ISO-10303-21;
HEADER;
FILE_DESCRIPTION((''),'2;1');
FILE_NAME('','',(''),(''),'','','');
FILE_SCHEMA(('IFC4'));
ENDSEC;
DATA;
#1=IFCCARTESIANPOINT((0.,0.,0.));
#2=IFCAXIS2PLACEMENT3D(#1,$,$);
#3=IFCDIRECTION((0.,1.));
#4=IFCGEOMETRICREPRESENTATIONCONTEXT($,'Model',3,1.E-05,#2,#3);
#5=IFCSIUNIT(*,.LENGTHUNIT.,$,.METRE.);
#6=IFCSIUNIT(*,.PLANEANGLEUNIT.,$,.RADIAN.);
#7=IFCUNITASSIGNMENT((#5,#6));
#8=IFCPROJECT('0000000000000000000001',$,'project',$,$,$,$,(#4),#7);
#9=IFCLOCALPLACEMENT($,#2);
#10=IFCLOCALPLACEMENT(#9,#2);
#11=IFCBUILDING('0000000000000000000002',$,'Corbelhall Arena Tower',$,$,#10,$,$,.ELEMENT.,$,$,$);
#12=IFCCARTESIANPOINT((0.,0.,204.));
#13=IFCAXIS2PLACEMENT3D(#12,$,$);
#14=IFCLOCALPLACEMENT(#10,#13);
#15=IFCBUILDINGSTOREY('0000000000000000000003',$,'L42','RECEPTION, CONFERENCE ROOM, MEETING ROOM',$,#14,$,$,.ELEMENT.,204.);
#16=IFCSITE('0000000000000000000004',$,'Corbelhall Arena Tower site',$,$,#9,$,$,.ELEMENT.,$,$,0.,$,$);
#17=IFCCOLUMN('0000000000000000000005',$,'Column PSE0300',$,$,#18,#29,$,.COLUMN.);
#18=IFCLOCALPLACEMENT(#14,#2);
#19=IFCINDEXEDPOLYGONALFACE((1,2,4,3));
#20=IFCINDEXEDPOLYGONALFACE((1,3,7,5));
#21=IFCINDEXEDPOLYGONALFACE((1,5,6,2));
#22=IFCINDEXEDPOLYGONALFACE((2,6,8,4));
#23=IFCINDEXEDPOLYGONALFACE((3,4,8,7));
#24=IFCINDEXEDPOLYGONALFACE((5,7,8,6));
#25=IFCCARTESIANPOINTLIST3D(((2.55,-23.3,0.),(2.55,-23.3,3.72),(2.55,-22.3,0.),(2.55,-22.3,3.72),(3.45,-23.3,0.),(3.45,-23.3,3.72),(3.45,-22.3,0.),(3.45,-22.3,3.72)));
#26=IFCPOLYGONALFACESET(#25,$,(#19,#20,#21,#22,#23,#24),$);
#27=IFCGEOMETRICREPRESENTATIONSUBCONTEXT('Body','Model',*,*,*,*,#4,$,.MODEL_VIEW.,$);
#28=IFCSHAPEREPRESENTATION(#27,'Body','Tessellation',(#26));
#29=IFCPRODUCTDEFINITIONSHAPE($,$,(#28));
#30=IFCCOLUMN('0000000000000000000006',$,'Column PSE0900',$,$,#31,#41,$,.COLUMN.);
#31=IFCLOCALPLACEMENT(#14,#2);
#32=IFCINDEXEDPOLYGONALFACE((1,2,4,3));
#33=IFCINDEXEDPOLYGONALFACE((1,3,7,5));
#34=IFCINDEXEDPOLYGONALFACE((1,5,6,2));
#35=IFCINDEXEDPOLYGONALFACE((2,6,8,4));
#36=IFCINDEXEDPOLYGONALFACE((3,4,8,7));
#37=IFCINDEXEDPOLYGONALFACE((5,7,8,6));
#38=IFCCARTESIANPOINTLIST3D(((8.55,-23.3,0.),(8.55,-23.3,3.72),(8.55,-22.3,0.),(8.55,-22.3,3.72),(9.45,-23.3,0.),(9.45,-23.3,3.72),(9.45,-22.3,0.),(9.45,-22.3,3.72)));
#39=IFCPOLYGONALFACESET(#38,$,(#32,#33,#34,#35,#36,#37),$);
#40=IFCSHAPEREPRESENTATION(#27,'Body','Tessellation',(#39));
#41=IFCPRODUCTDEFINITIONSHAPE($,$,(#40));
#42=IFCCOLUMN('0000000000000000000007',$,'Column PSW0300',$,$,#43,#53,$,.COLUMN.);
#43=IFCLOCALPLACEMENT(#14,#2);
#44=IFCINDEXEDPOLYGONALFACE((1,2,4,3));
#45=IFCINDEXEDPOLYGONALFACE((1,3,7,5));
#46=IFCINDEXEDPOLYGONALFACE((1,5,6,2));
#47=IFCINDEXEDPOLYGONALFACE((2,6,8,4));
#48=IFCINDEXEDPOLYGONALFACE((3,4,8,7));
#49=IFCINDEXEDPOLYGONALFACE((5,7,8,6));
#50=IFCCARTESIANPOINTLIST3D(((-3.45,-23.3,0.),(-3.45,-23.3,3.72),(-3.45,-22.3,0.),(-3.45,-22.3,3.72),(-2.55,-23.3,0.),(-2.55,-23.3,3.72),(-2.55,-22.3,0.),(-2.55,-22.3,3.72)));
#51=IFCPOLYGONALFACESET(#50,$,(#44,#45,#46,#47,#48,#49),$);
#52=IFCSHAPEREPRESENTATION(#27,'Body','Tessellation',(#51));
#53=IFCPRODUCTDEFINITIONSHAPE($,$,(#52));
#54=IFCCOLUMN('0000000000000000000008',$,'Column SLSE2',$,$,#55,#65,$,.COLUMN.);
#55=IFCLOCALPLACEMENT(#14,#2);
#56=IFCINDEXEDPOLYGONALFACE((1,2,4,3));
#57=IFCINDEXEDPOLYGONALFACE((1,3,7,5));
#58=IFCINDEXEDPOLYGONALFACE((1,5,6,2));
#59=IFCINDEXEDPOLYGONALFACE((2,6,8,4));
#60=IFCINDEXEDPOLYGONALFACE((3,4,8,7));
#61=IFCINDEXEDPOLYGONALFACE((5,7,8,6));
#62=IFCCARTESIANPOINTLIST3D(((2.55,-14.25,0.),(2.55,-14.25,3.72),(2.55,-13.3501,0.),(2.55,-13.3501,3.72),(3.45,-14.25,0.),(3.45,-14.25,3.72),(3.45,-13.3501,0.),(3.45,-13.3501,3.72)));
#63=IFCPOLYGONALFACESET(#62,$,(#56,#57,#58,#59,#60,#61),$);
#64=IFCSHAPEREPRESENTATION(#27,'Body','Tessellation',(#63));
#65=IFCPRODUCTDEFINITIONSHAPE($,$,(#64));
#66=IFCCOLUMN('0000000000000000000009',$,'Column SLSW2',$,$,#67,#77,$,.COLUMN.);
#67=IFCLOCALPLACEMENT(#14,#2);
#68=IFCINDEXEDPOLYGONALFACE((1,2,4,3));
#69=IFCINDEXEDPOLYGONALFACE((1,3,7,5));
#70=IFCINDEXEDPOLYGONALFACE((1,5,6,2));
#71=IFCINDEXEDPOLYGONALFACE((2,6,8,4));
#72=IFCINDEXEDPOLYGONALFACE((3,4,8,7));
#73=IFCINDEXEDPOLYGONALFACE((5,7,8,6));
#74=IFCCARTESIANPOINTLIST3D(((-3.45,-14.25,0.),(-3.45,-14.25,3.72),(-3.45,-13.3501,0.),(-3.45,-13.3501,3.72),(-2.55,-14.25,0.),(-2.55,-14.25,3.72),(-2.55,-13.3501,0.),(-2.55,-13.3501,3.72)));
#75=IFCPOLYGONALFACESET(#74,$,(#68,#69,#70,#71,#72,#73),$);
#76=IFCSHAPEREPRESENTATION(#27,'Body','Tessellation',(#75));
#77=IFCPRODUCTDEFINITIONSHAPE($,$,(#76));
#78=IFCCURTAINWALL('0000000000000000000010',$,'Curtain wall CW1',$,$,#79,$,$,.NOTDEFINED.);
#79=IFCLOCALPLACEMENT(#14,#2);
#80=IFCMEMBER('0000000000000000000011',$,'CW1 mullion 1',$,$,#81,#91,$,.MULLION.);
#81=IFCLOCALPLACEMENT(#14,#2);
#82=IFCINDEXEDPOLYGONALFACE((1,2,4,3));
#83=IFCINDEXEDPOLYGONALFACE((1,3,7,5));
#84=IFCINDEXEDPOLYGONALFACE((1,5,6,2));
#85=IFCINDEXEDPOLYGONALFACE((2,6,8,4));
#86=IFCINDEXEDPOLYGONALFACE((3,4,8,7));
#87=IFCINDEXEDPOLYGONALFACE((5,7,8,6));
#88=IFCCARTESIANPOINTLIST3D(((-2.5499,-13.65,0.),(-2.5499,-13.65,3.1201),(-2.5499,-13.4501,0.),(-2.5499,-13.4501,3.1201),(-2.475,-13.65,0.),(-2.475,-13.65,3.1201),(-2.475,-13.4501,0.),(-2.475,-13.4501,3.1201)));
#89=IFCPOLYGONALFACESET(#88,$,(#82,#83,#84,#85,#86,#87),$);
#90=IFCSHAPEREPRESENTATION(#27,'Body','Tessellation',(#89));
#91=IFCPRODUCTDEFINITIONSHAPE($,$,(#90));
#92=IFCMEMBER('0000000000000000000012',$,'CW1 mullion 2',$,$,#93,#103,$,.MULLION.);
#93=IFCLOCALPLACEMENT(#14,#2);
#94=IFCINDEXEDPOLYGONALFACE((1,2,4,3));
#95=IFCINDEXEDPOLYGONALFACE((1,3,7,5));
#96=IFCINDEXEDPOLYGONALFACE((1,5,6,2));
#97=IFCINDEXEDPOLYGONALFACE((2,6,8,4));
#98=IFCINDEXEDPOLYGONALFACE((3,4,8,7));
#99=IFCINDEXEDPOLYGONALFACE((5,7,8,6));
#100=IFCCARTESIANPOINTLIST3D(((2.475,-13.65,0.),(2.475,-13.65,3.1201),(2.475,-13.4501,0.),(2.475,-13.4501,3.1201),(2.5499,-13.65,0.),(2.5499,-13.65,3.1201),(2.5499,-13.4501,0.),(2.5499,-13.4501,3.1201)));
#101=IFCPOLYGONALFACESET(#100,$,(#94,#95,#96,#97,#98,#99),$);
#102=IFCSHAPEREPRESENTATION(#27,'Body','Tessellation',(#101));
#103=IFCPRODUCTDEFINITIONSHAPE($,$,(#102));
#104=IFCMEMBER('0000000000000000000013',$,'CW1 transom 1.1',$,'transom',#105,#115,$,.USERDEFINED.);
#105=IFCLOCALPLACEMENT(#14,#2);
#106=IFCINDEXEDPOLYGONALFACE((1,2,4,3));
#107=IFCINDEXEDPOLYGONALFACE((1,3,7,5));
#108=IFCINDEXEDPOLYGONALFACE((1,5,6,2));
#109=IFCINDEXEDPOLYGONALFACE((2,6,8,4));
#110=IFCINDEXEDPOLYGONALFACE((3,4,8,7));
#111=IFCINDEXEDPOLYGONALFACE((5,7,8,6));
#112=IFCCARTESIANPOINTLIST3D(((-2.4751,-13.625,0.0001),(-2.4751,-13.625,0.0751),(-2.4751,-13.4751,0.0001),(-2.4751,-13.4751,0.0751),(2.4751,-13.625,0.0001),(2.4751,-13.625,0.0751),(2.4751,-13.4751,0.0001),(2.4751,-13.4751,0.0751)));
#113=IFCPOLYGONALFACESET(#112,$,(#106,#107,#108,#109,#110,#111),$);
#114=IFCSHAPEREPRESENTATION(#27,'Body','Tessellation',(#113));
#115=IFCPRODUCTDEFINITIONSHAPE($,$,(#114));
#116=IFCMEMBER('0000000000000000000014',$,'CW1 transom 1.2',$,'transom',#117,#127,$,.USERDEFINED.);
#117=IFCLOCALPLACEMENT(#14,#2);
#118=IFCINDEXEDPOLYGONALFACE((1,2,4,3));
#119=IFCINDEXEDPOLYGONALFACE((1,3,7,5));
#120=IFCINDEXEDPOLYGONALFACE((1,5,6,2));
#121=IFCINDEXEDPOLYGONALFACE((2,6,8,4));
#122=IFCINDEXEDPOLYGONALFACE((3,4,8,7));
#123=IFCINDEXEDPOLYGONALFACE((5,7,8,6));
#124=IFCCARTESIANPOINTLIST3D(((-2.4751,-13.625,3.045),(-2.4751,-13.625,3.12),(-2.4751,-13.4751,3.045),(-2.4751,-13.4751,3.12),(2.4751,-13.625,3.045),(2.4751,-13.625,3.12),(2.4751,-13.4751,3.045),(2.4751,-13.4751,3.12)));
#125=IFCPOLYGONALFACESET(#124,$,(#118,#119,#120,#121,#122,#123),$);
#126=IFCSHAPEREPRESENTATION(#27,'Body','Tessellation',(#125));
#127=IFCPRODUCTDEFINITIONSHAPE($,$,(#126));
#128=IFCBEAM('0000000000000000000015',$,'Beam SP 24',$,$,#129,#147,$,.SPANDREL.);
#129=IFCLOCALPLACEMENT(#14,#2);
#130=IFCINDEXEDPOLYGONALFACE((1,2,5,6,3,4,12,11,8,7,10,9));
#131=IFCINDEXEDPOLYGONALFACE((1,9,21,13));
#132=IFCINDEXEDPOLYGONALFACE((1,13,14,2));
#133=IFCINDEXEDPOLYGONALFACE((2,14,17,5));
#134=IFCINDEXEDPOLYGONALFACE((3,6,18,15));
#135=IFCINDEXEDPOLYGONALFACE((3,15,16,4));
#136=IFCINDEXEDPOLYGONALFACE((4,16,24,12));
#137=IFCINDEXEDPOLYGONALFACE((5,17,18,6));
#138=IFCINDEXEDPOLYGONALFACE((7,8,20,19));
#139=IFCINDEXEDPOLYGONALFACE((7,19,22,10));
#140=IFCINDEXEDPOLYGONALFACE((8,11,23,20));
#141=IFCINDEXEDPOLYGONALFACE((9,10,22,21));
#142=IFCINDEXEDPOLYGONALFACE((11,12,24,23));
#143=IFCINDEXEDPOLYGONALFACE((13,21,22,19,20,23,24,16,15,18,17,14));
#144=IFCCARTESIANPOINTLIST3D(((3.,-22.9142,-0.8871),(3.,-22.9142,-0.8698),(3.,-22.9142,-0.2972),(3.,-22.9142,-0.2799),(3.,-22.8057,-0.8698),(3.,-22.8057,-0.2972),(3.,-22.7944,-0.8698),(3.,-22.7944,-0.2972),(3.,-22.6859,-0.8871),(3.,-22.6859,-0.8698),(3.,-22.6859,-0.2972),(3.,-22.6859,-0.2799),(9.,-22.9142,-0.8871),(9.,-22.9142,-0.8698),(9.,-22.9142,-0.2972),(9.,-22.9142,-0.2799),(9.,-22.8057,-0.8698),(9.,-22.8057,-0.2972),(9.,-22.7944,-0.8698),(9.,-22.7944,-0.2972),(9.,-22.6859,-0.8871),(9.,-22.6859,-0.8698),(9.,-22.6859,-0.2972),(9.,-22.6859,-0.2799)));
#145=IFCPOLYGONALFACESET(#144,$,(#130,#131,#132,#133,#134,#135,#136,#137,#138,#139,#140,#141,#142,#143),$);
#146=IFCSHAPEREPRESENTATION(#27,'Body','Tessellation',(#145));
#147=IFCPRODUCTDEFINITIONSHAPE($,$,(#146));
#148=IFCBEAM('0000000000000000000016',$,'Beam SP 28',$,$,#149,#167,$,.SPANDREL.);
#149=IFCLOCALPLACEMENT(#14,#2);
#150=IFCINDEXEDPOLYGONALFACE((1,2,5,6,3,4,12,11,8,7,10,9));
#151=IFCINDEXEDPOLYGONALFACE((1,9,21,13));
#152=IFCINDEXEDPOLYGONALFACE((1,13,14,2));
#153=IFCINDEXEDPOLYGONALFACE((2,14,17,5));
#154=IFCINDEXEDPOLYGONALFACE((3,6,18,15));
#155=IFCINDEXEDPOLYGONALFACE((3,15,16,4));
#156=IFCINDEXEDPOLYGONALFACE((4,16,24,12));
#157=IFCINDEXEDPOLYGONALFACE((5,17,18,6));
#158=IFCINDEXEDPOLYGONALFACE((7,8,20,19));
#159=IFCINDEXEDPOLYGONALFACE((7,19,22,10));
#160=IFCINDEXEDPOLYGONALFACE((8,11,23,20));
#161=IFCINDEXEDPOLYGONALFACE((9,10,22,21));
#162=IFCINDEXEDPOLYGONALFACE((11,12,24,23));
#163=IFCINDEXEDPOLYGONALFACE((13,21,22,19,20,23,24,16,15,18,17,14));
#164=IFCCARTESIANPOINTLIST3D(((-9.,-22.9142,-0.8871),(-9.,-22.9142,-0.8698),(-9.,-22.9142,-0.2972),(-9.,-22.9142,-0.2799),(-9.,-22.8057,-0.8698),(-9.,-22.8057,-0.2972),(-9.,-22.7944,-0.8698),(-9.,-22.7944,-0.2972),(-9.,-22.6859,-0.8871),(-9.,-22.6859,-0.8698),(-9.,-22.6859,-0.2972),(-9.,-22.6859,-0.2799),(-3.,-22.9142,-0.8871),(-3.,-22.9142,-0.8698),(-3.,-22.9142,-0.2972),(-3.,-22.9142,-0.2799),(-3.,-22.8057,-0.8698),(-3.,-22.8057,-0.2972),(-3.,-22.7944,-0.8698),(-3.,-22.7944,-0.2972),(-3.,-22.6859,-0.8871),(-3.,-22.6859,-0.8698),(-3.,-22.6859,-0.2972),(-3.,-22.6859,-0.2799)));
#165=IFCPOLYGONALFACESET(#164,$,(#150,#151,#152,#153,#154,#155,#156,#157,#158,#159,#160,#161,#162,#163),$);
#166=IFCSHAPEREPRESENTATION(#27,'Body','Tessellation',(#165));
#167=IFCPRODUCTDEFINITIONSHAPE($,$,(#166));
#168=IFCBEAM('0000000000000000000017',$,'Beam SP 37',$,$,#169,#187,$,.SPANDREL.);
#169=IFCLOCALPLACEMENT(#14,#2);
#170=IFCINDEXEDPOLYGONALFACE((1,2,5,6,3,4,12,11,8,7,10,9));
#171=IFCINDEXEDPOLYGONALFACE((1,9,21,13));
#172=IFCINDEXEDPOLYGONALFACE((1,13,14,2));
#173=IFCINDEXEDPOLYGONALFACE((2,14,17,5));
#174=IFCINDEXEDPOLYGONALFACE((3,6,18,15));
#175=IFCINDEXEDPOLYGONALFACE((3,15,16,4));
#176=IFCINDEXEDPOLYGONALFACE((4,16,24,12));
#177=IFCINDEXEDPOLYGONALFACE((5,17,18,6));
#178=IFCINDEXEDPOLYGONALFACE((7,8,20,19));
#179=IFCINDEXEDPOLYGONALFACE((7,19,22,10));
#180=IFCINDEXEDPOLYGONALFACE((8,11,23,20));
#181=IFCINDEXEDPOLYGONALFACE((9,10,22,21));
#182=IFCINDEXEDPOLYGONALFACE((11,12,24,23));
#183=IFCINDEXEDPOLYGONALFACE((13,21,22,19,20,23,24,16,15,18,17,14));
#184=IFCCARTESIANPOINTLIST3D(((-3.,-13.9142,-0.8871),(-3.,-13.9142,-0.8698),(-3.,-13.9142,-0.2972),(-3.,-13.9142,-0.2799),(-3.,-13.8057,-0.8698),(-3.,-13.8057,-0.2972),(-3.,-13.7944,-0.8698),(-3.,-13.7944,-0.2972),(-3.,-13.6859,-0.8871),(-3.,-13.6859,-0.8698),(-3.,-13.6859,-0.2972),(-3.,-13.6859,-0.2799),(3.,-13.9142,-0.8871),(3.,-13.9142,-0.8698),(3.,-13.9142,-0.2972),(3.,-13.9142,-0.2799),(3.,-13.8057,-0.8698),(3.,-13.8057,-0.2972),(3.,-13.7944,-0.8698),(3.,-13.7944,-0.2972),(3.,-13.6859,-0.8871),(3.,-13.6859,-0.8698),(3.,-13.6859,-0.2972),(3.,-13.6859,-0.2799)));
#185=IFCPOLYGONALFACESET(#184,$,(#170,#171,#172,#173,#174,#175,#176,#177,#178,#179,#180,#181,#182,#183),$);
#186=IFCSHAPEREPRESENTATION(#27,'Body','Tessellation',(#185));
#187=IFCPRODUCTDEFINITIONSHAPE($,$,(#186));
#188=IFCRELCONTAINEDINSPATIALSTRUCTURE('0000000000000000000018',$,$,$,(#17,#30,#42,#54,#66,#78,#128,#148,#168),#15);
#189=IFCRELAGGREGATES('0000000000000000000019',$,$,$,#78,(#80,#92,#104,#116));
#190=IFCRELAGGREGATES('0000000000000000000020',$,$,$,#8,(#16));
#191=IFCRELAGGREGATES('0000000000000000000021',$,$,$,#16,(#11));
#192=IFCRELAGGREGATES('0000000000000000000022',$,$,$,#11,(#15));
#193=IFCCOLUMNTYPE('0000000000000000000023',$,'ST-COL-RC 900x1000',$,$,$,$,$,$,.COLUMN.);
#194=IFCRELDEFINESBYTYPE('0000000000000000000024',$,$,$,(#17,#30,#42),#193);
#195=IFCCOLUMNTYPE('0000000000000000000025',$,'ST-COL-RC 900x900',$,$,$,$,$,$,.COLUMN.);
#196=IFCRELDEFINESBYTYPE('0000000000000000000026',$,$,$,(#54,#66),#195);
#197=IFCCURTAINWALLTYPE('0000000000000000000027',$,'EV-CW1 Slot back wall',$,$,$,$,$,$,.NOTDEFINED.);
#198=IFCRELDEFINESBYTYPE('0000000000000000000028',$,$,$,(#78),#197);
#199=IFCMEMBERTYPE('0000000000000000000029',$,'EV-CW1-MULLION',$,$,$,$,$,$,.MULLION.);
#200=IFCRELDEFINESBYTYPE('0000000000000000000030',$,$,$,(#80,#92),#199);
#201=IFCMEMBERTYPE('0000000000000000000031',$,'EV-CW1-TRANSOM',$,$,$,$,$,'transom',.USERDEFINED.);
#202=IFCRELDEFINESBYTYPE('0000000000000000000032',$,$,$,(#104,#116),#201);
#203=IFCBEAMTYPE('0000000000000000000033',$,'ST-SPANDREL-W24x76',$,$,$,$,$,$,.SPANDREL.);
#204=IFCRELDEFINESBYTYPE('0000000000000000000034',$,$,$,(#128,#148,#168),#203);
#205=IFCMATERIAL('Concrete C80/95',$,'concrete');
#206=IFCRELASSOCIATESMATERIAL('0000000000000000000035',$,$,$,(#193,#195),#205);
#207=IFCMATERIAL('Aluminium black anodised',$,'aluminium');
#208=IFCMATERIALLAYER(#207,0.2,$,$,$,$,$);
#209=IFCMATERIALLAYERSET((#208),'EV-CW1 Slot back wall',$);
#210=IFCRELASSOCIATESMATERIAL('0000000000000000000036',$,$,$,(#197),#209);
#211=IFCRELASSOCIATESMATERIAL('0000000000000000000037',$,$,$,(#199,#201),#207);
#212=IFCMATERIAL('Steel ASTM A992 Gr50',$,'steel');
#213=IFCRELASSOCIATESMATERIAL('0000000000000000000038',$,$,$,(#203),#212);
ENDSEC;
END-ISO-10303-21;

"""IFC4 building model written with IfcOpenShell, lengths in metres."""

from ifc_helpers import new_model, si_unit, direction, frame, origin, origin_2d, place, context, subcontext, project, spatial, rectangle, i_section, extrude, material, layer, layer_set, material_profile, profile_set, type_object, element, aggregate, save


model = new_model("IFC4")

# Units and contexts
model_context = context("Model", 3, precision=1e-05, world=origin(), true_north=direction((0.0, 1.0)))
body_context = subcontext(model_context, "Body", "Model", "MODEL_VIEW")
ifc_project = project(units=[si_unit("LENGTHUNIT", "METRE"), si_unit("PLANEANGLEUNIT", "RADIAN")], contexts=[model_context])

# Site, building, storey
site_placement = place(None, origin())
site = spatial("IfcSite", under=ifc_project, at=site_placement, Name="Corbelhall Arena Tower site", CompositionType="ELEMENT", RefElevation=0.0)
building_placement = place(site_placement, origin())
building = spatial("IfcBuilding", under=site, at=building_placement, Name="Corbelhall Arena Tower", CompositionType="ELEMENT")
storey_placement = place(building_placement, frame((0.0, 0.0, 204.0)))
storey = spatial("IfcBuildingStorey", under=building, at=storey_placement, Name="L42", Description="RECEPTION, CONFERENCE ROOM, MEETING ROOM", CompositionType="ELEMENT", Elevation=204.0)

# Columns
ifc_material_1 = material(Name="Concrete C80/95", Category="concrete")
ifc_material_profile_1 = material_profile(ifc_material_1, rectangle(XDim=0.8999, YDim=1.0, at=origin_2d()))
ifc_profile_set_1 = profile_set([ifc_material_profile_1], Name="Concrete C80/95")
column_type_1 = type_object("IfcColumnType", Name="ST-COL-RC 900x1000", PredefinedType="COLUMN", material=ifc_profile_set_1)
for number, where, z_axis, x_axis, name in (
    (1, (3.0, -22.8, 0.0), (0.0, 0.0, 1.0), (1.0, 0.0, 0.0), "Column PSE0300"),
    (2, (9.0, -22.8, 0.0), (0.0, 0.0, 1.0), (1.0, 0.0, 0.0), "Column PSE0900"),
    (3, (-3.0, -22.8, 0.0), (0.0, 0.0, 1.0), (1.0, 0.0, 0.0), "Column PSW0300"),
):
    element("IfcColumn", number, at=place(storey_placement, frame(where, z_axis=z_axis, x_axis=x_axis)), inside=storey, type_object=column_type_1, Name=name, PredefinedType="COLUMN", context=body_context, shape_type="SweptSolid", body=[
        extrude(rectangle(XDim=0.8999, YDim=1.0, at=origin_2d()), origin(), (0.0, 0.0, 1.0), 3.72),
    ])
ifc_material_profile_2 = material_profile(ifc_material_1, rectangle(XDim=0.8999, YDim=0.8999, at=origin_2d()))
ifc_profile_set_2 = profile_set([ifc_material_profile_2], Name="Concrete C80/95")
column_type_2 = type_object("IfcColumnType", Name="ST-COL-RC 900x900", PredefinedType="COLUMN", material=ifc_profile_set_2)
for number, where, z_axis, x_axis, name in (
    (4, (3.0, -13.8, 0.0), (0.0, 0.0, 1.0), (1.0, 0.0, 0.0), "Column SLSE2"),
    (5, (-3.0, -13.8, 0.0), (0.0, 0.0, 1.0), (1.0, 0.0, 0.0), "Column SLSW2"),
):
    element("IfcColumn", number, at=place(storey_placement, frame(where, z_axis=z_axis, x_axis=x_axis)), inside=storey, type_object=column_type_2, Name=name, PredefinedType="COLUMN", context=body_context, shape_type="SweptSolid", body=[
        extrude(rectangle(XDim=0.8999, YDim=0.8999, at=origin_2d()), origin(), (0.0, 0.0, 1.0), 3.72),
    ])

# Curtain wall, members
ifc_material_2 = material(Name="Aluminium black anodised", Category="aluminium")
ifc_layer_1 = layer(ifc_material_2, 0.2)
ifc_layer_set_1 = layer_set([ifc_layer_1], Name="EV-CW1 Slot back wall")
curtain_wall_type = type_object("IfcCurtainWallType", Name="EV-CW1 Slot back wall", PredefinedType="NOTDEFINED", material=ifc_layer_set_1)
curtain_wall_placement = place(storey_placement, origin())
curtain_wall = element("IfcCurtainWall", 6, at=curtain_wall_placement, inside=storey, type_object=curtain_wall_type, Name="Curtain wall CW1", PredefinedType="NOTDEFINED")
ifc_material_profile_3 = material_profile(ifc_material_2, rectangle(XDim=0.2, YDim=0.075, at=origin_2d()))
ifc_profile_set_3 = profile_set([ifc_material_profile_3], Name="Aluminium black anodised")
member_type_1 = type_object("IfcMemberType", Name="EV-CW1-MULLION", PredefinedType="MULLION", material=ifc_profile_set_3)
member_1_placement = place(storey_placement, frame((-2.5125, -13.55, 0.0), z_axis=(0.0, 0.0, 1.0), x_axis=(0.0, 1.0, 0.0)))
member_1 = element("IfcMember", 7, at=member_1_placement, type_object=member_type_1, Name="CW1 mullion 1", PredefinedType="MULLION", context=body_context, shape_type="SweptSolid", body=[
    extrude(rectangle(XDim=0.2, YDim=0.075, at=origin_2d()), origin(), (0.0, 0.0, 1.0), 3.1201),
])
member_2_placement = place(storey_placement, frame((2.5125, -13.55, 0.0), z_axis=(0.0, 0.0, 1.0), x_axis=(0.0, 1.0, 0.0)))
member_2 = element("IfcMember", 8, at=member_2_placement, type_object=member_type_1, Name="CW1 mullion 2", PredefinedType="MULLION", context=body_context, shape_type="SweptSolid", body=[
    extrude(rectangle(XDim=0.2, YDim=0.075, at=origin_2d()), origin(), (0.0, 0.0, 1.0), 3.1201),
])
ifc_material_profile_4 = material_profile(ifc_material_2, rectangle(XDim=0.1499, YDim=0.075, at=origin_2d()))
ifc_profile_set_4 = profile_set([ifc_material_profile_4], Name="Aluminium black anodised")
member_type_2 = type_object("IfcMemberType", Name="EV-CW1-TRANSOM", ElementType="transom", PredefinedType="USERDEFINED", material=ifc_profile_set_4)
member_3_placement = place(storey_placement, frame((-2.4751, -13.55, 0.0376), z_axis=(1.0, 0.0, 0.0), x_axis=(0.0, 1.0, 0.0)))
member_3 = element("IfcMember", 9, at=member_3_placement, type_object=member_type_2, Name="CW1 transom 1.1", ObjectType="transom", PredefinedType="USERDEFINED", context=body_context, shape_type="SweptSolid", body=[
    extrude(rectangle(XDim=0.1499, YDim=0.075, at=origin_2d()), origin(), (0.0, 0.0, 1.0), 4.9502),
])
member_4_placement = place(storey_placement, frame((-2.4751, -13.55, 3.0825), z_axis=(1.0, 0.0, 0.0), x_axis=(0.0, 1.0, 0.0)))
member_4 = element("IfcMember", 10, at=member_4_placement, type_object=member_type_2, Name="CW1 transom 1.2", ObjectType="transom", PredefinedType="USERDEFINED", context=body_context, shape_type="SweptSolid", body=[
    extrude(rectangle(XDim=0.1499, YDim=0.075, at=origin_2d()), origin(), (0.0, 0.0, 1.0), 4.9502),
])

# Beams
ifc_material_3 = material(Name="Steel ASTM A992 Gr50", Category="steel")
ifc_material_profile_5 = material_profile(ifc_material_3, i_section(OverallWidth=0.2283, OverallDepth=0.6072, WebThickness=0.0112, FlangeThickness=0.0173, at=origin_2d()))
ifc_profile_set_5 = profile_set([ifc_material_profile_5], Name="Steel ASTM A992 Gr50")
beam_type_1 = type_object("IfcBeamType", Name="ST-SPANDREL-W24x76", PredefinedType="SPANDREL", material=ifc_profile_set_5)
for number, where, z_axis, x_axis, name in (
    (11, (9.0, -22.8, -0.5835), (-1.0, 0.0, 0.0), (0.0, -1.0, 0.0), "Beam SP 24"),
    (12, (-3.0, -22.8, -0.5835), (-1.0, 0.0, 0.0), (0.0, -1.0, 0.0), "Beam SP 28"),
    (13, (3.0, -13.8, -0.5835), (-1.0, 0.0, 0.0), (0.0, -1.0, 0.0), "Beam SP 37"),
):
    element("IfcBeam", number, at=place(storey_placement, frame(where, z_axis=z_axis, x_axis=x_axis)), inside=storey, type_object=beam_type_1, Name=name, PredefinedType="SPANDREL", context=body_context, shape_type="SweptSolid", body=[
        extrude(i_section(OverallWidth=0.2283, OverallDepth=0.6072, WebThickness=0.0112, FlangeThickness=0.0173, at=origin_2d()), origin(), (0.0, 0.0, 1.0), 6.0),
    ])

aggregate(curtain_wall, [member_1, member_2, member_3, member_4])

save(model, "model.ifc")
